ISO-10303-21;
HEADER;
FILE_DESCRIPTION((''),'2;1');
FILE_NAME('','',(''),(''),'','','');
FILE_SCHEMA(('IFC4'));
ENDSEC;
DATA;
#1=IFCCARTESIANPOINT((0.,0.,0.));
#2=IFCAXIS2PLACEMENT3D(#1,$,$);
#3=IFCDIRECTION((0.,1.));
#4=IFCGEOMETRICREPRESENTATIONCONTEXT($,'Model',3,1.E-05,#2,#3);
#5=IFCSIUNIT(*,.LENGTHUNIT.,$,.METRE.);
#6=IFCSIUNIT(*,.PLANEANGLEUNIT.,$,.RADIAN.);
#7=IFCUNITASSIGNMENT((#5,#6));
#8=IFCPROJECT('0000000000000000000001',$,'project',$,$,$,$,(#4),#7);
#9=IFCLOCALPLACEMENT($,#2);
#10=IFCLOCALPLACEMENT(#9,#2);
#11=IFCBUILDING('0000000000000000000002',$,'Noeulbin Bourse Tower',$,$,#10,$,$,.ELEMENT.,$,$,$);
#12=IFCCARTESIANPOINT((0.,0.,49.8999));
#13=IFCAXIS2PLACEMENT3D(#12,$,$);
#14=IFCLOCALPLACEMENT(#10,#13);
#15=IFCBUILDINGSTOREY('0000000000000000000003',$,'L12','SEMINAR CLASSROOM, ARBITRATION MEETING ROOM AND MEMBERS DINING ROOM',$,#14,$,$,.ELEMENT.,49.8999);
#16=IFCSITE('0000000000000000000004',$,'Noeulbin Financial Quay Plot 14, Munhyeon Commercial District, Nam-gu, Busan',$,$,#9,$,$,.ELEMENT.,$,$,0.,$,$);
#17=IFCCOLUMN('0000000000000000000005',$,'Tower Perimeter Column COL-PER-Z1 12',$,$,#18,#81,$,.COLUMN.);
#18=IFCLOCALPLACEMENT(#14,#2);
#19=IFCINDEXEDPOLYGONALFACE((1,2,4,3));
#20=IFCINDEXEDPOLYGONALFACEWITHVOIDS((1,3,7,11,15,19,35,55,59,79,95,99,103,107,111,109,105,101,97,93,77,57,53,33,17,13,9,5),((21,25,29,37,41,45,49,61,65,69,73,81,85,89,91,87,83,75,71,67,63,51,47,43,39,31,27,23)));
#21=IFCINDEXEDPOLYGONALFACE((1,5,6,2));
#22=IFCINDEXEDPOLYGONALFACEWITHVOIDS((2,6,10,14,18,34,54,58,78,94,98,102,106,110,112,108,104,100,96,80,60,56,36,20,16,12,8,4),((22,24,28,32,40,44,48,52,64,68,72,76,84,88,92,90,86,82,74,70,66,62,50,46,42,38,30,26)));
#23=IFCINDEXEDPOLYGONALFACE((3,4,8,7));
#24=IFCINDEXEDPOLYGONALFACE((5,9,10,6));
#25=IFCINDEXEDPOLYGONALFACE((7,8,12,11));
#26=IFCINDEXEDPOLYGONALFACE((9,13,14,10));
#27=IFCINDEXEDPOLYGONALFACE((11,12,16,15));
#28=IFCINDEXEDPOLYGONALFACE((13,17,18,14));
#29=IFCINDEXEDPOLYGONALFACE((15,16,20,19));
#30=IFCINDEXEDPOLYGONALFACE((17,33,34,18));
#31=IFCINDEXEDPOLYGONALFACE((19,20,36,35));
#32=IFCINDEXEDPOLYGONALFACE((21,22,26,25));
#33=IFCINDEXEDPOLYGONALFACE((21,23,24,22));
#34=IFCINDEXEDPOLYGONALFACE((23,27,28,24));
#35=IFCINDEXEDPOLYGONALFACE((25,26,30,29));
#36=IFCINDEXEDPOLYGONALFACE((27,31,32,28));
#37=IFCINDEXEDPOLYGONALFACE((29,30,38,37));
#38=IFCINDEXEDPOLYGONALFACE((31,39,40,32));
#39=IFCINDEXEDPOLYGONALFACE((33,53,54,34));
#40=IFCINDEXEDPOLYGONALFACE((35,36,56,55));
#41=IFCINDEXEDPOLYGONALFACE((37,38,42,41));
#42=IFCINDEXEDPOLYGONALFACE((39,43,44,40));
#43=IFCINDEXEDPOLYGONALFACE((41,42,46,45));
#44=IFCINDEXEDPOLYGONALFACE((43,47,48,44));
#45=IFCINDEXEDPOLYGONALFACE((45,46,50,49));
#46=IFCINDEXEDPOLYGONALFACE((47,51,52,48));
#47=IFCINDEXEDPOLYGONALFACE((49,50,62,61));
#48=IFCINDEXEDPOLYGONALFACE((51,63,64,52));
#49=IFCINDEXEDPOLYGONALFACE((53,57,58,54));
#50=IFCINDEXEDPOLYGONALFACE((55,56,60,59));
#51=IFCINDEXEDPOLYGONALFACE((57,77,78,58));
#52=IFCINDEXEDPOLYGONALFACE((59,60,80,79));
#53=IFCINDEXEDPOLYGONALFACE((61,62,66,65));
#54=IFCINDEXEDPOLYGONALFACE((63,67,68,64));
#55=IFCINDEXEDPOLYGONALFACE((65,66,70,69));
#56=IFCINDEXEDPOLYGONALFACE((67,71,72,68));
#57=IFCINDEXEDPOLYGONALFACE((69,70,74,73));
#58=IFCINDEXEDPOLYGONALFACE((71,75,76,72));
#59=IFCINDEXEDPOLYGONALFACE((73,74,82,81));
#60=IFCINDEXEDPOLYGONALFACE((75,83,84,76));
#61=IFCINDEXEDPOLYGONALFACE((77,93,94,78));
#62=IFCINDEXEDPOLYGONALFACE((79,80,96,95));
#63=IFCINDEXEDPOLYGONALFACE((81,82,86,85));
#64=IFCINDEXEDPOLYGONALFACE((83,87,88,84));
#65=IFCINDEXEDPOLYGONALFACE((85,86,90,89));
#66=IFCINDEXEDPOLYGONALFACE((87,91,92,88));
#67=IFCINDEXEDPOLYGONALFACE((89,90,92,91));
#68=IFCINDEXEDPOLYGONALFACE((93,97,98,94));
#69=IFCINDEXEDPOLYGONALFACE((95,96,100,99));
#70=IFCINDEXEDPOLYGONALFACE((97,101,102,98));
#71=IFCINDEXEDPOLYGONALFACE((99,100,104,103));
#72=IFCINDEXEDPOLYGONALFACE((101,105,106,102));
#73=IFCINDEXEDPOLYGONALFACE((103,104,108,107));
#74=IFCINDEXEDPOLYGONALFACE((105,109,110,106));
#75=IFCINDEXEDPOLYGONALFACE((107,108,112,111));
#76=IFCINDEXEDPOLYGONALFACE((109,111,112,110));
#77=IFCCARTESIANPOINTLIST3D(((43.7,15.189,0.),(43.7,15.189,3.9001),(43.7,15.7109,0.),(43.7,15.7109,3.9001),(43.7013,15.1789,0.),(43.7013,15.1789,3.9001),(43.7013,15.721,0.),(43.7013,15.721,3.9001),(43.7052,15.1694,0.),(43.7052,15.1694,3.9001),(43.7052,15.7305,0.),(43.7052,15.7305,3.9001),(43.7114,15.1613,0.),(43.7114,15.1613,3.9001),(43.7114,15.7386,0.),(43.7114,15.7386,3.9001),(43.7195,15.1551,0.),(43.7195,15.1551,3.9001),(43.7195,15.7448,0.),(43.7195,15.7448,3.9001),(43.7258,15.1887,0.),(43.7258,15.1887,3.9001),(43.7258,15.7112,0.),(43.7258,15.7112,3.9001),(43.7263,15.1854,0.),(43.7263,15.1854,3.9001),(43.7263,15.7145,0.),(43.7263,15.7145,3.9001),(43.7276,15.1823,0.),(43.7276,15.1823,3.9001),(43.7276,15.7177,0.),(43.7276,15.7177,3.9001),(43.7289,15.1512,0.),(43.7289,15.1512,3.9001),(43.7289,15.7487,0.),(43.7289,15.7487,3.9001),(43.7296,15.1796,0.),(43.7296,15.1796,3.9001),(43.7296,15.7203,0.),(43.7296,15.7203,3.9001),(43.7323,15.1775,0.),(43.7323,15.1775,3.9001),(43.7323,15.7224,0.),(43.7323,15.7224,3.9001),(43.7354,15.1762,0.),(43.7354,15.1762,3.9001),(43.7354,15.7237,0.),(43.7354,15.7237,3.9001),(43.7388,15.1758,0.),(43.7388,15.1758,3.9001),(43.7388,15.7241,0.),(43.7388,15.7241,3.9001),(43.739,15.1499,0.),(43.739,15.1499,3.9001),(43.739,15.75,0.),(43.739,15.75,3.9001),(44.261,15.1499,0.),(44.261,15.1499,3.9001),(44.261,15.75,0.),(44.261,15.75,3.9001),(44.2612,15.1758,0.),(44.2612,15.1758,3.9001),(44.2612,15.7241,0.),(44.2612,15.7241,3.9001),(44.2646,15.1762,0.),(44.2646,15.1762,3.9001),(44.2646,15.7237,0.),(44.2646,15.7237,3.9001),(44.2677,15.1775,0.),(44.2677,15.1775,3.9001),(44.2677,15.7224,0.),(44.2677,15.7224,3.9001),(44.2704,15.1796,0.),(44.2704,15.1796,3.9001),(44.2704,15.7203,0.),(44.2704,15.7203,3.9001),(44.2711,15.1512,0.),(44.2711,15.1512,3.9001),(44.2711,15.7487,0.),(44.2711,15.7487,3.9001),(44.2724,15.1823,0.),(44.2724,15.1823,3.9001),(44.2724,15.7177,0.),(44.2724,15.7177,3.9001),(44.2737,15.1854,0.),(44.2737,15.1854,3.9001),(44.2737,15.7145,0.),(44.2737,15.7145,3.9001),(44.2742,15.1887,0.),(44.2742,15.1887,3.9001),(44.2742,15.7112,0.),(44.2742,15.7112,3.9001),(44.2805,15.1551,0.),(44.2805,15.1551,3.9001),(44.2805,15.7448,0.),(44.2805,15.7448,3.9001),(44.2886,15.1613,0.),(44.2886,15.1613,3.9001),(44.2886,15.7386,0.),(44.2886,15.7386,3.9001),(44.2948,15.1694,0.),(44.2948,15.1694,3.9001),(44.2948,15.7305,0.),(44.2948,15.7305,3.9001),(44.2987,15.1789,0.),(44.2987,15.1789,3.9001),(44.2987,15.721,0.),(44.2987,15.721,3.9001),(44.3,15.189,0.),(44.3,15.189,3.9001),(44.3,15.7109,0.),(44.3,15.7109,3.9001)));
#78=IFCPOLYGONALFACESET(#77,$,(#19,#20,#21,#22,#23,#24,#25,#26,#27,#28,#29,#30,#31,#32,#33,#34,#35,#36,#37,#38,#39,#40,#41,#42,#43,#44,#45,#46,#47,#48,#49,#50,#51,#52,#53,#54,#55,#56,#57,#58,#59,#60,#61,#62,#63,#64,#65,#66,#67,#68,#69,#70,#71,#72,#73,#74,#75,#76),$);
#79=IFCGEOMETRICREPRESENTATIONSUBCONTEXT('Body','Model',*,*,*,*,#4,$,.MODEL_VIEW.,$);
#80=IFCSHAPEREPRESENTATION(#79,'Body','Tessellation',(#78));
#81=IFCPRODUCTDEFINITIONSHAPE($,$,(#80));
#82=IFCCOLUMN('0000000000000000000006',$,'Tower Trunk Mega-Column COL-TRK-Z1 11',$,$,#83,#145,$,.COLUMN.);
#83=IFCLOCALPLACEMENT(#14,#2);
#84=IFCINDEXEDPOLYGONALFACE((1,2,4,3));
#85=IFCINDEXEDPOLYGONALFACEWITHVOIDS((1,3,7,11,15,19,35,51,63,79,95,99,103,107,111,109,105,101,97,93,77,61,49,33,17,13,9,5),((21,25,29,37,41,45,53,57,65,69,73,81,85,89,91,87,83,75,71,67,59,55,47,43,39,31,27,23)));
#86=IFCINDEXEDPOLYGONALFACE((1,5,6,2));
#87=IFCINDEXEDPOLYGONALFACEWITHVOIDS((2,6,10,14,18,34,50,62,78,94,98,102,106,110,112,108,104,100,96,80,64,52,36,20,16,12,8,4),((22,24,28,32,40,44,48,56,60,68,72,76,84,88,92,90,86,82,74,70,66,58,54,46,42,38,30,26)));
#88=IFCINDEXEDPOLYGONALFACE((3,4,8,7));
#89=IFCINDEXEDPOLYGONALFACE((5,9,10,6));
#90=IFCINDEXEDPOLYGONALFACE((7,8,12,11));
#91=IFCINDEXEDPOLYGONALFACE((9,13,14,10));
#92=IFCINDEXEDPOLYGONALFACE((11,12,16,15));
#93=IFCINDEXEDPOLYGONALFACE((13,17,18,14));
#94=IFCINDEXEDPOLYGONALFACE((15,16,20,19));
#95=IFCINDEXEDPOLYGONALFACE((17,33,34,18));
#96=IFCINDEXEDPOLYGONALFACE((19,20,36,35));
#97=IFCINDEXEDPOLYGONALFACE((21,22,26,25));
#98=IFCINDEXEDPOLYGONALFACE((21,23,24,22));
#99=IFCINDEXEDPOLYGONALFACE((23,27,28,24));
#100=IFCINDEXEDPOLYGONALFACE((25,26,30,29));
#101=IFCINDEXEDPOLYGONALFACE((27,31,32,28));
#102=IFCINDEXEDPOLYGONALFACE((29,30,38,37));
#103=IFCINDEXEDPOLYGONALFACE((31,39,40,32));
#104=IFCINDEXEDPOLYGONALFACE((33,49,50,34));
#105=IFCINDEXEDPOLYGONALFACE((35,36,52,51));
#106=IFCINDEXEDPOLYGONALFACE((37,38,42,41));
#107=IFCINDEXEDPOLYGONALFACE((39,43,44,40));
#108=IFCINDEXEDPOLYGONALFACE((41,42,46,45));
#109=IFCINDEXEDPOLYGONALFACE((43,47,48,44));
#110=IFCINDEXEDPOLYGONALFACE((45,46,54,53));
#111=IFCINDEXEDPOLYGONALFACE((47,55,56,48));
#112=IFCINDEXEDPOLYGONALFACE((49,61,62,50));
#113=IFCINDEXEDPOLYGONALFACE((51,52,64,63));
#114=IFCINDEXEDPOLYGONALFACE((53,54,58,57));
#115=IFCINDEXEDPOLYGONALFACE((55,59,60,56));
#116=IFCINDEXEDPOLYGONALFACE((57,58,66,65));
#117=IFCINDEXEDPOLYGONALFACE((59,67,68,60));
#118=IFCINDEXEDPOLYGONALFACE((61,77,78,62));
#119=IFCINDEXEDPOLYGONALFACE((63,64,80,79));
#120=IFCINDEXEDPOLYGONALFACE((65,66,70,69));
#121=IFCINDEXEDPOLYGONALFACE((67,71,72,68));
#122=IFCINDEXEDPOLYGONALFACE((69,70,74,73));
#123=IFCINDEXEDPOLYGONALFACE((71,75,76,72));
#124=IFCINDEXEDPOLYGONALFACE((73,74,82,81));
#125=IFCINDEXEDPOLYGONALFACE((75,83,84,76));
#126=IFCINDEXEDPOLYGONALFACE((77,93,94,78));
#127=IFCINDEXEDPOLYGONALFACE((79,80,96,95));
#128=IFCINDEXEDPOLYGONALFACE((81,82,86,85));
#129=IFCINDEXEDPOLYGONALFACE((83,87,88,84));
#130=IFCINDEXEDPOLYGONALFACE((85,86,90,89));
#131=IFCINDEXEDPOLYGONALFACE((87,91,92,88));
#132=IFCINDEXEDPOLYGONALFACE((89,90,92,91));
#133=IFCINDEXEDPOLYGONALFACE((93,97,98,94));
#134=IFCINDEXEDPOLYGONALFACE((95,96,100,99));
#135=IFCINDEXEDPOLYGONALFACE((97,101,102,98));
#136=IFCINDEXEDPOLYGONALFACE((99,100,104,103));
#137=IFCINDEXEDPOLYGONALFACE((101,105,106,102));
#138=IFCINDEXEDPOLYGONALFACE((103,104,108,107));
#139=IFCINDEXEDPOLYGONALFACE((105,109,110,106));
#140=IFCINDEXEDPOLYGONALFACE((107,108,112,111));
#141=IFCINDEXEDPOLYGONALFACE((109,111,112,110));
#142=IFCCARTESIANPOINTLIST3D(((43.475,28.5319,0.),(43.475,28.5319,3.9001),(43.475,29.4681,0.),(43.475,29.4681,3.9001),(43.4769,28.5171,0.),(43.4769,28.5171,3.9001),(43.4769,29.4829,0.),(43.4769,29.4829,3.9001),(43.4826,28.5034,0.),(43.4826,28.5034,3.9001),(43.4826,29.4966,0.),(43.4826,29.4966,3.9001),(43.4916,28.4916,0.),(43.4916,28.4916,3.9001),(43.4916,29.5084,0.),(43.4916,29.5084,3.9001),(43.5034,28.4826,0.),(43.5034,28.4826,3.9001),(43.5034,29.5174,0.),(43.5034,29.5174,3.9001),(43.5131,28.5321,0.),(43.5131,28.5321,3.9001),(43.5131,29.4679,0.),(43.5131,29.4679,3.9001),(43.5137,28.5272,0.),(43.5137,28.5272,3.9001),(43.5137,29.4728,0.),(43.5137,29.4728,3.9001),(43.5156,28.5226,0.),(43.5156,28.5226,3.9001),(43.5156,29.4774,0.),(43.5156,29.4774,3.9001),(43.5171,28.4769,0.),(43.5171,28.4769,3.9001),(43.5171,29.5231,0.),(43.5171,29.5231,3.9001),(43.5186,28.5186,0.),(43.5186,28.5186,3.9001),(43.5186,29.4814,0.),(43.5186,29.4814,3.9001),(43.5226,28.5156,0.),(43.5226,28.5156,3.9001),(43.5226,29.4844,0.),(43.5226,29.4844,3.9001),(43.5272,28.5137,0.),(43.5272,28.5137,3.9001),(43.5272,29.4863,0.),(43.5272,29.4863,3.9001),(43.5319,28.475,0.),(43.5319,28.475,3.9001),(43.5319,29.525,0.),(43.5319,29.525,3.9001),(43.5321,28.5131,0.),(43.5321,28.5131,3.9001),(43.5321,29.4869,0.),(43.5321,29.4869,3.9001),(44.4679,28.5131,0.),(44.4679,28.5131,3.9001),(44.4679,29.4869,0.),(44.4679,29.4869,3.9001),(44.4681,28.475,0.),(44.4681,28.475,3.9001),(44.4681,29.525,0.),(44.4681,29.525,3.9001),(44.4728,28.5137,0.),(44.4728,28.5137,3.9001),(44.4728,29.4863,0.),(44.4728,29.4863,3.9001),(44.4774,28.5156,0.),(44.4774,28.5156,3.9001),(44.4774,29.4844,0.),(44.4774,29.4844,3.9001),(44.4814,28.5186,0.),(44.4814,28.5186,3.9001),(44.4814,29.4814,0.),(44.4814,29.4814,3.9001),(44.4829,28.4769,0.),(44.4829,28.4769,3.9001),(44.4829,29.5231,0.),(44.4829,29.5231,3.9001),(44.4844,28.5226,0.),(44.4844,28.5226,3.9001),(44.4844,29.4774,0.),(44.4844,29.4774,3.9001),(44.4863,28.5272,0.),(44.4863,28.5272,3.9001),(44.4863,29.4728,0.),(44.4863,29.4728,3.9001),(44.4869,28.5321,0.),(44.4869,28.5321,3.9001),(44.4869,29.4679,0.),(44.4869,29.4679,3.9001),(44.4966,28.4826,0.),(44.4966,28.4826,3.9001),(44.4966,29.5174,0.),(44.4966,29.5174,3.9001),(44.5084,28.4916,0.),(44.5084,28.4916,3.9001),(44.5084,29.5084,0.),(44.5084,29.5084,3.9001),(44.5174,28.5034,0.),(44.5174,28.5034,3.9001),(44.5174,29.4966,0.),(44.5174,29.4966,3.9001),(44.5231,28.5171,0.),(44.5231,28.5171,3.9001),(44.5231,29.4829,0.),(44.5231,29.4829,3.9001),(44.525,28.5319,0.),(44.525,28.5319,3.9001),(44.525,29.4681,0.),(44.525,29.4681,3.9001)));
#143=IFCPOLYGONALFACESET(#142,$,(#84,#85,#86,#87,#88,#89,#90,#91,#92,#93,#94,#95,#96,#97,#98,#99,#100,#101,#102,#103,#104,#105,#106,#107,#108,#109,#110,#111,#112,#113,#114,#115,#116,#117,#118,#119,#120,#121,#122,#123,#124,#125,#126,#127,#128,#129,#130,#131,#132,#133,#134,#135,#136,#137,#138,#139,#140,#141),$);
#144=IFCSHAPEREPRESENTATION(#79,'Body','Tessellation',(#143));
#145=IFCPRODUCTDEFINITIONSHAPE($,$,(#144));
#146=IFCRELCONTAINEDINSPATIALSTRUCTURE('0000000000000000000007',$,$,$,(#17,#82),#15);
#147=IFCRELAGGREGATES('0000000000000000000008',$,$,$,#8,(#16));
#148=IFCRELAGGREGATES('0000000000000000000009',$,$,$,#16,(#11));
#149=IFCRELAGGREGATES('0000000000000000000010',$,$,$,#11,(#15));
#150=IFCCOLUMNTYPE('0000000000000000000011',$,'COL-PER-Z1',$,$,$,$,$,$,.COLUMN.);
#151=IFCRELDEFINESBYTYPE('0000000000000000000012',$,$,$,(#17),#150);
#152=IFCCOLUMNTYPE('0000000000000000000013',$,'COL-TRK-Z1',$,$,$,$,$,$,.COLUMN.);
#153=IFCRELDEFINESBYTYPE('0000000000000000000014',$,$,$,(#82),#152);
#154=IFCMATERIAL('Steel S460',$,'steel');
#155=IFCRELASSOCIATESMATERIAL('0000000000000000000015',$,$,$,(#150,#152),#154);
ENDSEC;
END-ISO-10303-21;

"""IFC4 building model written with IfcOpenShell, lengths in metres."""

from ifc_helpers import new_model, si_unit, direction, frame, origin, origin_2d, place, context, subcontext, project, spatial, hollow_rectangle, extrude, material, material_profile, profile_set, type_object, element, save


model = new_model("IFC4")

# Units and contexts
model_context = context("Model", 3, precision=1e-05, world=origin(), true_north=direction((0.0, 1.0)))
body_context = subcontext(model_context, "Body", "Model", "MODEL_VIEW")
ifc_project = project(units=[si_unit("LENGTHUNIT", "METRE"), si_unit("PLANEANGLEUNIT", "RADIAN")], contexts=[model_context])

# Site, building, storey
site_placement = place(None, origin())
site = spatial("IfcSite", under=ifc_project, at=site_placement, Name="Noeulbin Financial Quay Plot 14, Munhyeon Commercial District, Nam-gu, Busan", CompositionType="ELEMENT", RefElevation=0.0)
building_placement = place(site_placement, origin())
building = spatial("IfcBuilding", under=site, at=building_placement, Name="Noeulbin Bourse Tower", CompositionType="ELEMENT")
storey_placement = place(building_placement, frame((0.0, 0.0, 49.8999)))
storey = spatial("IfcBuildingStorey", under=building, at=storey_placement, Name="L12", Description="SEMINAR CLASSROOM, ARBITRATION MEETING ROOM AND MEMBERS DINING ROOM", CompositionType="ELEMENT", Elevation=49.8999)

# Columns
ifc_material_1 = material(Name="Steel S460", Category="steel")
ifc_material_profile_1 = material_profile(ifc_material_1, hollow_rectangle(XDim=0.6001, YDim=0.6001, WallThickness=0.0259, InnerFilletRadius=0.0129, OuterFilletRadius=0.0391, at=origin_2d()), Name="BOX-600x600x26", Category="LoadBearing")
ifc_profile_set_1 = profile_set([ifc_material_profile_1], Name="Steel S460")
column_type_1 = type_object("IfcColumnType", Name="COL-PER-Z1", PredefinedType="COLUMN", material=ifc_profile_set_1)
column_placement = place(storey_placement, frame((44.0, 15.45, 0.0), z_axis=(0.0, 0.0, 1.0), x_axis=(1.0, 0.0, 0.0)))
element("IfcColumn", 1, at=column_placement, inside=storey, type_object=column_type_1, Name="Tower Perimeter Column COL-PER-Z1 12", PredefinedType="COLUMN", context=body_context, shape_type="SweptSolid", body=[
    extrude(hollow_rectangle(XDim=0.6001, YDim=0.6001, WallThickness=0.0259, InnerFilletRadius=0.0129, OuterFilletRadius=0.0391, at=origin_2d()), origin(), (0.0, 0.0, 1.0), 3.9001),
])
ifc_material_profile_2 = material_profile(ifc_material_1, hollow_rectangle(XDim=1.05, YDim=1.05, WallThickness=0.0381, InnerFilletRadius=0.019, OuterFilletRadius=0.0569, at=origin_2d()), Name="BOX-1050x1050x38", Category="LoadBearing")
ifc_profile_set_2 = profile_set([ifc_material_profile_2], Name="Steel S460")
column_type_2 = type_object("IfcColumnType", Name="COL-TRK-Z1", PredefinedType="COLUMN", material=ifc_profile_set_2)
for number, where, z_axis, x_axis, name in (
    (2, (44.0, 29.0, 0.0), (0.0, 0.0, 1.0), (1.0, 0.0, 0.0), "Tower Trunk Mega-Column COL-TRK-Z1 11"),
):
    element("IfcColumn", number, at=place(storey_placement, frame(where, z_axis=z_axis, x_axis=x_axis)), inside=storey, type_object=column_type_2, Name=name, PredefinedType="COLUMN", context=body_context, shape_type="SweptSolid", body=[
        extrude(hollow_rectangle(XDim=1.05, YDim=1.05, WallThickness=0.0381, InnerFilletRadius=0.019, OuterFilletRadius=0.0569, at=origin_2d()), origin(), (0.0, 0.0, 1.0), 3.9001),
    ])

save(model, "model.ifc")
